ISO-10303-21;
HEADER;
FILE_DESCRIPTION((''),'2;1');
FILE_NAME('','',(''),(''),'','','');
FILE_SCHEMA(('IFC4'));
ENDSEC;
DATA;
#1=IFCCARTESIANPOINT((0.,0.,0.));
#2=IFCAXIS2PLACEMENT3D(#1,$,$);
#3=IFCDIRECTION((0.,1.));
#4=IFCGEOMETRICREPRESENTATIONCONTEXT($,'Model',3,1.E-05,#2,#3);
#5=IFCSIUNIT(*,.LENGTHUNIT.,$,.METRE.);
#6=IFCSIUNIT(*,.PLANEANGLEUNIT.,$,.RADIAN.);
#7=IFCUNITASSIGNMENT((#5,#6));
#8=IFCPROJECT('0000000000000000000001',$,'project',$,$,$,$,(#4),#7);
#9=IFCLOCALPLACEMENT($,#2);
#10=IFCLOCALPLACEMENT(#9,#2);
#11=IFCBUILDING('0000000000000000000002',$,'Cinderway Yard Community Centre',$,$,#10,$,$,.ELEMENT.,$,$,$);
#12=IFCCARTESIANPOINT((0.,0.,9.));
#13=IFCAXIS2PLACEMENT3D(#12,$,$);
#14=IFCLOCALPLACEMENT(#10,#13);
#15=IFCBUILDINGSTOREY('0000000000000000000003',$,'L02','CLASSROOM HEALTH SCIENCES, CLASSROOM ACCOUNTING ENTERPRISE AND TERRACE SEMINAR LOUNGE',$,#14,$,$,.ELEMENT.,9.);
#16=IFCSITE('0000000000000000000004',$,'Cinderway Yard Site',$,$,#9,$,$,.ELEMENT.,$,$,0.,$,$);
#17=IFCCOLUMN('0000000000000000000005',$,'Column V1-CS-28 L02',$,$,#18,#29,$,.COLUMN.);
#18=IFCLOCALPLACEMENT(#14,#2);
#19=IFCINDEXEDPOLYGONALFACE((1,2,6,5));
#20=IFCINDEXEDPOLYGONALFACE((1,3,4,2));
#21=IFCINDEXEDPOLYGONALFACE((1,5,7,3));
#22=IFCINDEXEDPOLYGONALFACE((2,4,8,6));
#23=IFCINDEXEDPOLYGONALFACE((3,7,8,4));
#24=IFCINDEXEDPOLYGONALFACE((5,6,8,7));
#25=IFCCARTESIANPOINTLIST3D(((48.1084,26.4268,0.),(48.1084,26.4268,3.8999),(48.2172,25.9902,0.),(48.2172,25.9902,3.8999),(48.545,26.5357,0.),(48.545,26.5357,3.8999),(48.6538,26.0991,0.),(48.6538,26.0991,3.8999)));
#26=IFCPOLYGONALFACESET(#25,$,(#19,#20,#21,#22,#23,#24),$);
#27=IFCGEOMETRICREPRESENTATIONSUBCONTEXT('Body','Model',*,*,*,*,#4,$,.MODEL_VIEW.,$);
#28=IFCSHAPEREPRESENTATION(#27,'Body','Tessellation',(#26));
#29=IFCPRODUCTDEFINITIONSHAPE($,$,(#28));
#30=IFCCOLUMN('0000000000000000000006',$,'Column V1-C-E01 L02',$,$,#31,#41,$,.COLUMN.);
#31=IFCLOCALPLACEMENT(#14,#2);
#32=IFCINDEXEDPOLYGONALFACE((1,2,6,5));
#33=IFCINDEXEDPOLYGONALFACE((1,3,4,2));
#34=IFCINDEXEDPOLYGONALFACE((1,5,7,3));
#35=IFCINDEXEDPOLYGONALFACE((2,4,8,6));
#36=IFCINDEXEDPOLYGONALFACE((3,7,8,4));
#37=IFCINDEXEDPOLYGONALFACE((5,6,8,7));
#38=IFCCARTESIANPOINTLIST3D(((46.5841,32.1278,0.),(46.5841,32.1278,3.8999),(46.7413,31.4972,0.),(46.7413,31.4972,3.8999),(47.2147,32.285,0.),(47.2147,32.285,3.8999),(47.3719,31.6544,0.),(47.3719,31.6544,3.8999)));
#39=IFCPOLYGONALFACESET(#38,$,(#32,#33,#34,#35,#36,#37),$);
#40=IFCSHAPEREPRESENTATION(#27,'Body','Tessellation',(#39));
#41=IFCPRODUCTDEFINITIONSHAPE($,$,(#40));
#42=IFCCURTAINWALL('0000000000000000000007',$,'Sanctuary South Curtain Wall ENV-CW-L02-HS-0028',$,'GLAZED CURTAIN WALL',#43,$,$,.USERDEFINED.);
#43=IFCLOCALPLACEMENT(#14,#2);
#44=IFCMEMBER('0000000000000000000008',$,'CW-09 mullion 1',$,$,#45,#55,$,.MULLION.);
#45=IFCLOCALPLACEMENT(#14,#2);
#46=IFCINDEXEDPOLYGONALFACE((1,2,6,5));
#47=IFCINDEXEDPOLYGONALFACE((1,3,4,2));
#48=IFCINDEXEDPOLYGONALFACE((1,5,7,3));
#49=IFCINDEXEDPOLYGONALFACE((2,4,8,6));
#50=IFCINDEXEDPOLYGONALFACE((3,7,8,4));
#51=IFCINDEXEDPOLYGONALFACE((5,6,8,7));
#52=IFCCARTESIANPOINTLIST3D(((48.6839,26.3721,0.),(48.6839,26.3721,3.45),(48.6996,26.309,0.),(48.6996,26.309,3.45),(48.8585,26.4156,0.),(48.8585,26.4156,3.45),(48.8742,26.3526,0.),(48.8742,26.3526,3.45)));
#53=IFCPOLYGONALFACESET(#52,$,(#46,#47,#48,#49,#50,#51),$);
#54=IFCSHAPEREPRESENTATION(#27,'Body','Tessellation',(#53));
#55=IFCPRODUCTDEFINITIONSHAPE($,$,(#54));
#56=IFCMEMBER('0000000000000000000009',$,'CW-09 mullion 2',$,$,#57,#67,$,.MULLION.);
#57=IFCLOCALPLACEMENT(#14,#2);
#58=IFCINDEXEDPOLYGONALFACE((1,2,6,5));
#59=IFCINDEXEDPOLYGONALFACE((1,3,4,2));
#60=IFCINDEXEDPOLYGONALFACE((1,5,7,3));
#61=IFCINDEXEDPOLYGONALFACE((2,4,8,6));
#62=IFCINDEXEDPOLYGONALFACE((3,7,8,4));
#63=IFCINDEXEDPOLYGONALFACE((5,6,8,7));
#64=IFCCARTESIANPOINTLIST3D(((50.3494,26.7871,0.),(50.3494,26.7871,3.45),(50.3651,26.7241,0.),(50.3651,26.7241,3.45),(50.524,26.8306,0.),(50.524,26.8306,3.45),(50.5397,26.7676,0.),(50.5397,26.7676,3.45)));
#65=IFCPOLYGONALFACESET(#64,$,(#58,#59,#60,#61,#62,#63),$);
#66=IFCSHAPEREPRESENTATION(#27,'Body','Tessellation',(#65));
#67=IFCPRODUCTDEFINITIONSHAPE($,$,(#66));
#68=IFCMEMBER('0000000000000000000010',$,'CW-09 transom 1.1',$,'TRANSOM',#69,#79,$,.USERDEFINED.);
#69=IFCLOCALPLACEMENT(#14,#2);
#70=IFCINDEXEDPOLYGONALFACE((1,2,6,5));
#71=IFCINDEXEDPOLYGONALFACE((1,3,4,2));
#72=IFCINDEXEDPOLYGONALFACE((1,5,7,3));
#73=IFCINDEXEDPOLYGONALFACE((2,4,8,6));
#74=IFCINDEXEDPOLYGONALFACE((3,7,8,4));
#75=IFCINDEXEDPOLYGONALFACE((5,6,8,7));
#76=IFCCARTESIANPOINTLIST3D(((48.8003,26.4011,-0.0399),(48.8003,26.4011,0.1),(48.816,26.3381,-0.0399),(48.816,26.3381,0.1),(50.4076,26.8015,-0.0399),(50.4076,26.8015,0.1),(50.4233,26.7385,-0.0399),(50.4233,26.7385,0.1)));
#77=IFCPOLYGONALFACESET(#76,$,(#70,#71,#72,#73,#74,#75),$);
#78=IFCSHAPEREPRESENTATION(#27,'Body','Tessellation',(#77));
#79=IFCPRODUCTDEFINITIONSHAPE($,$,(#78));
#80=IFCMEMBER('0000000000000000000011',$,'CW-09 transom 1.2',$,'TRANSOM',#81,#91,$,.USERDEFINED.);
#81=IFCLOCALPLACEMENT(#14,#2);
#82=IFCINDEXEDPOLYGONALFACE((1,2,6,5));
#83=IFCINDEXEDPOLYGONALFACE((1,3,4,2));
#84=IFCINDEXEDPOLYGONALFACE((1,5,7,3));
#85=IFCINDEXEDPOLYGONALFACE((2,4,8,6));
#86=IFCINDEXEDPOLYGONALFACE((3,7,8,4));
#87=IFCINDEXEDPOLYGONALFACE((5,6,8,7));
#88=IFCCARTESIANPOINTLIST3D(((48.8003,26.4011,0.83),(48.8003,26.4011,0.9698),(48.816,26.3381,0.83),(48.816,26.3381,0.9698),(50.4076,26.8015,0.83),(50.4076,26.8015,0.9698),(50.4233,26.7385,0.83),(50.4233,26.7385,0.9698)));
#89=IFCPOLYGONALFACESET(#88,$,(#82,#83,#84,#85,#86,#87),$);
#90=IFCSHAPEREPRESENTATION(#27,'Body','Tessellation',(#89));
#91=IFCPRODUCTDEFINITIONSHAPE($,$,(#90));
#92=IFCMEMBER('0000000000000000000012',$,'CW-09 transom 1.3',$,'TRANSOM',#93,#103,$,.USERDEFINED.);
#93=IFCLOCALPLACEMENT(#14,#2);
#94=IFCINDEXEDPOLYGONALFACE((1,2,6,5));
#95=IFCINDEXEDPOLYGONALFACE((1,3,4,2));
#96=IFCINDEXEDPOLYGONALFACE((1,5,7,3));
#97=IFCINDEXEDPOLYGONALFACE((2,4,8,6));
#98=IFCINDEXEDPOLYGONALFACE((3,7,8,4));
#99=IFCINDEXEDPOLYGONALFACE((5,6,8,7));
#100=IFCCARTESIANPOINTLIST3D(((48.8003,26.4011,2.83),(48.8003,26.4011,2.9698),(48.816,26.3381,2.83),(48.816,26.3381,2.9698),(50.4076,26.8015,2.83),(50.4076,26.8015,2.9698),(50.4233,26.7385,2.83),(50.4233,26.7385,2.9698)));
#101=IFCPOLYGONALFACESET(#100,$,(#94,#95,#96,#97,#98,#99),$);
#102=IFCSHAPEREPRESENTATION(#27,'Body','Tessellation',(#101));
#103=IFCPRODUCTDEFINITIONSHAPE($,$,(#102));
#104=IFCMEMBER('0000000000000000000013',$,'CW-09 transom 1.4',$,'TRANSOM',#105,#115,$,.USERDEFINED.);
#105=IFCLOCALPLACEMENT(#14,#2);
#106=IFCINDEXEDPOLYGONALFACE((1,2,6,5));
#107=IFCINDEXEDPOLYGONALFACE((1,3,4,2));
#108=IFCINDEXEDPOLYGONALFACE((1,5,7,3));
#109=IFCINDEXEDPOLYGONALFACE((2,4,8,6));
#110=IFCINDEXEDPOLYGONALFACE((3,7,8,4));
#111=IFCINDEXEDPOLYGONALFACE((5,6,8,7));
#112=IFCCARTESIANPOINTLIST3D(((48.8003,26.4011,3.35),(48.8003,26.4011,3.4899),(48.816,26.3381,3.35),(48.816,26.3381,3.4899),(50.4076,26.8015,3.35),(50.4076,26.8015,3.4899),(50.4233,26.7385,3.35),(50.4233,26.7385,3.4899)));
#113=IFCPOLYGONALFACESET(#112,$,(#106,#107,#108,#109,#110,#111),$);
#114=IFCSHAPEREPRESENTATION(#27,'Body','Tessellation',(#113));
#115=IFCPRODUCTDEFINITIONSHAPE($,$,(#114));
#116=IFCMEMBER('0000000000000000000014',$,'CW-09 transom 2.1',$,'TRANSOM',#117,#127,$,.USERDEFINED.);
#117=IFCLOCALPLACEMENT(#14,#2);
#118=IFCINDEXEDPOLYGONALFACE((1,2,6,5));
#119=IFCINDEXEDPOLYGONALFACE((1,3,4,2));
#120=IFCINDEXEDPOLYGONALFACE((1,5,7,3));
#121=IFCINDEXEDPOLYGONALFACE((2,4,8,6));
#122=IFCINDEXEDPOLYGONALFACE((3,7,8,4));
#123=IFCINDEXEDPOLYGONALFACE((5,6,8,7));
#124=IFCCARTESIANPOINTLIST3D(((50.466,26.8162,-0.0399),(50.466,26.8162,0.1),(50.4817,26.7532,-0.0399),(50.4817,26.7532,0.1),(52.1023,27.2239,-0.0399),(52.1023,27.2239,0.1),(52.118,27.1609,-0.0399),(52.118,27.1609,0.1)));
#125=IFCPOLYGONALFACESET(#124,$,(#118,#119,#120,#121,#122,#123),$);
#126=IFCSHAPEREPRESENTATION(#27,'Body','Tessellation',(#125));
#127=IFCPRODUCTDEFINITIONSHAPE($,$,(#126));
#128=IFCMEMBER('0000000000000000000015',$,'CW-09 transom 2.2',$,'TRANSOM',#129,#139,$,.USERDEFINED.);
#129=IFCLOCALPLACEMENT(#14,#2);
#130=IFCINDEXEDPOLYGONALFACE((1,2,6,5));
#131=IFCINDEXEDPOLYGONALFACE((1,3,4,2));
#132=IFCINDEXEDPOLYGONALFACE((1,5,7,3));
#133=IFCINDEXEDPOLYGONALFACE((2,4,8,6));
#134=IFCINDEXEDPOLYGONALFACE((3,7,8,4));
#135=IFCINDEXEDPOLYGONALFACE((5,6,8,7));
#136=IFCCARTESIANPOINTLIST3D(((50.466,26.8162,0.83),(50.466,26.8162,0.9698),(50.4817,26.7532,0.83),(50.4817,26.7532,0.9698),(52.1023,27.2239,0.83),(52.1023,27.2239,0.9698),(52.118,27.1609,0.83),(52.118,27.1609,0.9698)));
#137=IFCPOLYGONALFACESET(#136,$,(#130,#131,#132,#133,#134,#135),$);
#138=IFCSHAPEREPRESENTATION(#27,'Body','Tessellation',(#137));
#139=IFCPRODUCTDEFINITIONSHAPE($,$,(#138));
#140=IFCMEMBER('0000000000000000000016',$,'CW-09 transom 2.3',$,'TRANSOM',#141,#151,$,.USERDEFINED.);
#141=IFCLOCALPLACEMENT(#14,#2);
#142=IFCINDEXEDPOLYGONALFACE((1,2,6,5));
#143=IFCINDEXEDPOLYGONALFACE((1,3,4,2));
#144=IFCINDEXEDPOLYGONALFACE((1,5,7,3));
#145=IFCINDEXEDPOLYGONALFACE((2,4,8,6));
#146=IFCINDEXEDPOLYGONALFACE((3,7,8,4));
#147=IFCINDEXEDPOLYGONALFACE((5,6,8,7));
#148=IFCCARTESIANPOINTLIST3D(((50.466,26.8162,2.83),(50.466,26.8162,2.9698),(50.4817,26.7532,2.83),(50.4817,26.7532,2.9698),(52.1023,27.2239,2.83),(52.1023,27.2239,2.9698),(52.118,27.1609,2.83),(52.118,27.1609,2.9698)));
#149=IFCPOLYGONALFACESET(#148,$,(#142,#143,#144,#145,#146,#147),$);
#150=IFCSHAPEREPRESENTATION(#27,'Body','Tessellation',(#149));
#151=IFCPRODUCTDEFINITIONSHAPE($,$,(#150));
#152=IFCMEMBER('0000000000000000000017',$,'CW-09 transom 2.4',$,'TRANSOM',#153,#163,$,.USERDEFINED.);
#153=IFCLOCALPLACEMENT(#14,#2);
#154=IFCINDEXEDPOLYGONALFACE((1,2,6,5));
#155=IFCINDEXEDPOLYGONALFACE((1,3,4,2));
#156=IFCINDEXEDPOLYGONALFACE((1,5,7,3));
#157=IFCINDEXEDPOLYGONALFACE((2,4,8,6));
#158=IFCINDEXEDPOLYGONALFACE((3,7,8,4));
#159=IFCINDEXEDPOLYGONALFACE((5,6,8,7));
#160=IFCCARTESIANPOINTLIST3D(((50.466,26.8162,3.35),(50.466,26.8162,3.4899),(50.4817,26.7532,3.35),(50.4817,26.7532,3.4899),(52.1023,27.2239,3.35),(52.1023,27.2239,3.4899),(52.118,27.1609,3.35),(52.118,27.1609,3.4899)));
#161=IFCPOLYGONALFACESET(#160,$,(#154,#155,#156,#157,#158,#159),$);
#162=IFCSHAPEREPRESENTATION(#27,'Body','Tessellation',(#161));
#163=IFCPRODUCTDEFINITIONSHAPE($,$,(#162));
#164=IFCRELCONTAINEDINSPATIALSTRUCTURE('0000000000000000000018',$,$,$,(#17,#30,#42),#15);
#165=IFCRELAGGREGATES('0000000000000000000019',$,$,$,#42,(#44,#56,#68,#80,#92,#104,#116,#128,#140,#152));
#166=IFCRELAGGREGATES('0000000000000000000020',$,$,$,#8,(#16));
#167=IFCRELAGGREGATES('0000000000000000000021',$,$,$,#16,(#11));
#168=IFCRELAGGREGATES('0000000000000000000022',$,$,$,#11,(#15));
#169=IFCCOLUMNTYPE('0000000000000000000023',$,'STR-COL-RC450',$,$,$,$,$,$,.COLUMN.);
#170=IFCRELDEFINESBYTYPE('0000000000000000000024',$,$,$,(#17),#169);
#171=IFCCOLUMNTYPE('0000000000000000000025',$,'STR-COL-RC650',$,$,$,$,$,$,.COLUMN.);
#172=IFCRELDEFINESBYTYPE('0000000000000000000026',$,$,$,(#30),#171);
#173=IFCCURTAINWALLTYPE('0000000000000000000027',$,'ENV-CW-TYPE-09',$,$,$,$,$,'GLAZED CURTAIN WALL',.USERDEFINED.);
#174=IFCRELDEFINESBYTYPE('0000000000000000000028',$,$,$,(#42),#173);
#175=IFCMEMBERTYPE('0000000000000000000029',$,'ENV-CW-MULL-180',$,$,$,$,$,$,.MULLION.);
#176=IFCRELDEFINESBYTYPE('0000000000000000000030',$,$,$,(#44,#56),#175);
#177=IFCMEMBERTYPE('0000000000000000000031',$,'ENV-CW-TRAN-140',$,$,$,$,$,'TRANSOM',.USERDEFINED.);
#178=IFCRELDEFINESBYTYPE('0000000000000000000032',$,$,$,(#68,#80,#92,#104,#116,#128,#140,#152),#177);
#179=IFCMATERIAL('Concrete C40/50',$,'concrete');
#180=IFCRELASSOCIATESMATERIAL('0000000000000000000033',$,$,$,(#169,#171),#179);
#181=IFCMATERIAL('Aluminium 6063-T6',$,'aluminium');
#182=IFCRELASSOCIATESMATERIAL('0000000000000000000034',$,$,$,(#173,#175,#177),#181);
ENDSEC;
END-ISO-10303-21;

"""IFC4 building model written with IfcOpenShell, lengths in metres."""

from ifc_helpers import new_model, si_unit, direction, frame, origin, origin_2d, place, context, subcontext, project, spatial, rectangle, extrude, material, material_profile, profile_set, type_object, element, aggregate, save


model = new_model("IFC4")

# Units and contexts
model_context = context("Model", 3, precision=1e-05, world=origin(), true_north=direction((0.0, 1.0)))
body_context = subcontext(model_context, "Body", "Model", "MODEL_VIEW")
ifc_project = project(units=[si_unit("LENGTHUNIT", "METRE"), si_unit("PLANEANGLEUNIT", "RADIAN")], contexts=[model_context])

# Site, building, storey
site_placement = place(None, origin())
site = spatial("IfcSite", under=ifc_project, at=site_placement, Name="Cinderway Yard Site", CompositionType="ELEMENT", RefElevation=0.0)
building_placement = place(site_placement, origin())
building = spatial("IfcBuilding", under=site, at=building_placement, Name="Cinderway Yard Community Centre", CompositionType="ELEMENT")
storey_placement = place(building_placement, frame((0.0, 0.0, 9.0)))
storey = spatial("IfcBuildingStorey", under=building, at=storey_placement, Name="L02", Description="CLASSROOM HEALTH SCIENCES, CLASSROOM ACCOUNTING ENTERPRISE AND TERRACE SEMINAR LOUNGE", CompositionType="ELEMENT", Elevation=9.0)

# Columns
ifc_material_1 = material(Name="Concrete C40/50", Category="concrete")
ifc_material_profile_1 = material_profile(ifc_material_1, rectangle(XDim=0.45, YDim=0.45, at=origin_2d()), Name="Concrete C40/50")
ifc_profile_set_1 = profile_set([ifc_material_profile_1], Name="Concrete C40/50")
column_type_1 = type_object("IfcColumnType", Name="STR-COL-RC450", PredefinedType="COLUMN", material=ifc_profile_set_1)
column_1_placement = place(storey_placement, frame((48.3811, 26.2629, 0.0), z_axis=(0.0, 0.0, 1.0), x_axis=(0.970296, 0.241922, 0.0)))
element("IfcColumn", 1, at=column_1_placement, inside=storey, type_object=column_type_1, Name="Column V1-CS-28 L02", PredefinedType="COLUMN", context=body_context, shape_type="SweptSolid", body=[
    extrude(rectangle(XDim=0.45, YDim=0.45, at=origin_2d()), origin(), (0.0, 0.0, 1.0), 3.8999),
])
ifc_material_profile_2 = material_profile(ifc_material_1, rectangle(XDim=0.6499, YDim=0.6499, at=origin_2d()), Name="Concrete C40/50")
ifc_profile_set_2 = profile_set([ifc_material_profile_2], Name="Concrete C40/50")
column_type_2 = type_object("IfcColumnType", Name="STR-COL-RC650", PredefinedType="COLUMN", material=ifc_profile_set_2)
column_2_placement = place(storey_placement, frame((46.978, 31.8911, 0.0), z_axis=(0.0, 0.0, 1.0), x_axis=(0.970296, 0.241922, 0.0)))
element("IfcColumn", 2, at=column_2_placement, inside=storey, type_object=column_type_2, Name="Column V1-C-E01 L02", PredefinedType="COLUMN", context=body_context, shape_type="SweptSolid", body=[
    extrude(rectangle(XDim=0.6499, YDim=0.6499, at=origin_2d()), origin(), (0.0, 0.0, 1.0), 3.8999),
])

# Curtain wall, members
ifc_material_2 = material(Name="Aluminium 6063-T6", Category="aluminium")
curtain_wall_type = type_object("IfcCurtainWallType", Name="ENV-CW-TYPE-09", ElementType="GLAZED CURTAIN WALL", PredefinedType="USERDEFINED", material=ifc_material_2)
curtain_wall_placement = place(storey_placement, origin())
curtain_wall = element("IfcCurtainWall", 3, at=curtain_wall_placement, inside=storey, type_object=curtain_wall_type, Name="Sanctuary South Curtain Wall ENV-CW-L02-HS-0028", ObjectType="GLAZED CURTAIN WALL", PredefinedType="USERDEFINED")
ifc_material_profile_3 = material_profile(ifc_material_2, rectangle(XDim=0.0649, YDim=0.1799, at=origin_2d()), Name="Aluminium 6063-T6")
ifc_profile_set_3 = profile_set([ifc_material_profile_3], Name="Aluminium 6063-T6")
member_type_1 = type_object("IfcMemberType", Name="ENV-CW-MULL-180", PredefinedType="MULLION", material=ifc_profile_set_3)
member_1_placement = place(storey_placement, frame((48.7791, 26.3623, 0.0), z_axis=(0.0, 0.0, 1.0), x_axis=(-0.241817, 0.970322, 0.0)))
member_1 = element("IfcMember", 4, at=member_1_placement, type_object=member_type_1, Name="CW-09 mullion 1", PredefinedType="MULLION", context=body_context, shape_type="SweptSolid", body=[
    extrude(rectangle(XDim=0.0649, YDim=0.1799, at=origin_2d()), origin(), (0.0, 0.0, 1.0), 3.45),
])
member_2_placement = place(storey_placement, frame((50.4446, 26.7773, 0.0), z_axis=(0.0, 0.0, 1.0), x_axis=(-0.241817, 0.970322, 0.0)))
member_2 = element("IfcMember", 5, at=member_2_placement, type_object=member_type_1, Name="CW-09 mullion 2", PredefinedType="MULLION", context=body_context, shape_type="SweptSolid", body=[
    extrude(rectangle(XDim=0.0649, YDim=0.1799, at=origin_2d()), origin(), (0.0, 0.0, 1.0), 3.45),
])
ifc_material_profile_4 = material_profile(ifc_material_2, rectangle(XDim=0.0649, YDim=0.1399, at=origin_2d()), Name="Aluminium 6063-T6")
ifc_profile_set_4 = profile_set([ifc_material_profile_4], Name="Aluminium 6063-T6")
member_type_2 = type_object("IfcMemberType", Name="ENV-CW-TRAN-140", ElementType="TRANSOM", PredefinedType="USERDEFINED", material=ifc_profile_set_4)
member_3_placement = place(storey_placement, frame((48.8081, 26.3696, 0.03), z_axis=(0.97035, 0.241703, 0.0), x_axis=(-0.241703, 0.97035, 0.0)))
member_3 = element("IfcMember", 6, at=member_3_placement, type_object=member_type_2, Name="CW-09 transom 1.1", ObjectType="TRANSOM", PredefinedType="USERDEFINED", context=body_context, shape_type="SweptSolid", body=[
    extrude(rectangle(XDim=0.0649, YDim=0.1399, at=origin_2d()), origin(), (0.0, 0.0, 1.0), 1.6565),
])
member_4_placement = place(storey_placement, frame((48.8081, 26.3696, 0.8999), z_axis=(0.97035, 0.241703, 0.0), x_axis=(-0.241703, 0.97035, 0.0)))
member_4 = element("IfcMember", 7, at=member_4_placement, type_object=member_type_2, Name="CW-09 transom 1.2", ObjectType="TRANSOM", PredefinedType="USERDEFINED", context=body_context, shape_type="SweptSolid", body=[
    extrude(rectangle(XDim=0.0649, YDim=0.1399, at=origin_2d()), origin(), (0.0, 0.0, 1.0), 1.6565),
])
member_5_placement = place(storey_placement, frame((48.8081, 26.3696, 2.8999), z_axis=(0.97035, 0.241703, 0.0), x_axis=(-0.241703, 0.97035, 0.0)))
member_5 = element("IfcMember", 8, at=member_5_placement, type_object=member_type_2, Name="CW-09 transom 1.3", ObjectType="TRANSOM", PredefinedType="USERDEFINED", context=body_context, shape_type="SweptSolid", body=[
    extrude(rectangle(XDim=0.0649, YDim=0.1399, at=origin_2d()), origin(), (0.0, 0.0, 1.0), 1.6565),
])
member_6_placement = place(storey_placement, frame((48.8081, 26.3696, 3.4199), z_axis=(0.97035, 0.241703, 0.0), x_axis=(-0.241703, 0.97035, 0.0)))
member_6 = element("IfcMember", 9, at=member_6_placement, type_object=member_type_2, Name="CW-09 transom 1.4", ObjectType="TRANSOM", PredefinedType="USERDEFINED", context=body_context, shape_type="SweptSolid", body=[
    extrude(rectangle(XDim=0.0649, YDim=0.1399, at=origin_2d()), origin(), (0.0, 0.0, 1.0), 1.6565),
])
member_7_placement = place(storey_placement, frame((50.4739, 26.7847, 0.03), z_axis=(0.97033, 0.241786, 0.0), x_axis=(-0.241786, 0.97033, 0.0)))
member_7 = element("IfcMember", 10, at=member_7_placement, type_object=member_type_2, Name="CW-09 transom 2.1", ObjectType="TRANSOM", PredefinedType="USERDEFINED", context=body_context, shape_type="SweptSolid", body=[
    extrude(rectangle(XDim=0.0649, YDim=0.1399, at=origin_2d()), origin(), (0.0, 0.0, 1.0), 1.6863),
])
member_8_placement = place(storey_placement, frame((50.4739, 26.7847, 0.8999), z_axis=(0.97033, 0.241786, 0.0), x_axis=(-0.241786, 0.97033, 0.0)))
member_8 = element("IfcMember", 11, at=member_8_placement, type_object=member_type_2, Name="CW-09 transom 2.2", ObjectType="TRANSOM", PredefinedType="USERDEFINED", context=body_context, shape_type="SweptSolid", body=[
    extrude(rectangle(XDim=0.0649, YDim=0.1399, at=origin_2d()), origin(), (0.0, 0.0, 1.0), 1.6863),
])
member_9_placement = place(storey_placement, frame((50.4739, 26.7847, 2.8999), z_axis=(0.97033, 0.241786, 0.0), x_axis=(-0.241786, 0.97033, 0.0)))
member_9 = element("IfcMember", 12, at=member_9_placement, type_object=member_type_2, Name="CW-09 transom 2.3", ObjectType="TRANSOM", PredefinedType="USERDEFINED", context=body_context, shape_type="SweptSolid", body=[
    extrude(rectangle(XDim=0.0649, YDim=0.1399, at=origin_2d()), origin(), (0.0, 0.0, 1.0), 1.6863),
])
member_10_placement = place(storey_placement, frame((50.4739, 26.7847, 3.4199), z_axis=(0.97033, 0.241786, 0.0), x_axis=(-0.241786, 0.97033, 0.0)))
member_10 = element("IfcMember", 13, at=member_10_placement, type_object=member_type_2, Name="CW-09 transom 2.4", ObjectType="TRANSOM", PredefinedType="USERDEFINED", context=body_context, shape_type="SweptSolid", body=[
    extrude(rectangle(XDim=0.0649, YDim=0.1399, at=origin_2d()), origin(), (0.0, 0.0, 1.0), 1.6863),
])

aggregate(curtain_wall, [member_1, member_2, member_3, member_4, member_5, member_6, member_7, member_8, member_9, member_10])

save(model, "model.ifc")
